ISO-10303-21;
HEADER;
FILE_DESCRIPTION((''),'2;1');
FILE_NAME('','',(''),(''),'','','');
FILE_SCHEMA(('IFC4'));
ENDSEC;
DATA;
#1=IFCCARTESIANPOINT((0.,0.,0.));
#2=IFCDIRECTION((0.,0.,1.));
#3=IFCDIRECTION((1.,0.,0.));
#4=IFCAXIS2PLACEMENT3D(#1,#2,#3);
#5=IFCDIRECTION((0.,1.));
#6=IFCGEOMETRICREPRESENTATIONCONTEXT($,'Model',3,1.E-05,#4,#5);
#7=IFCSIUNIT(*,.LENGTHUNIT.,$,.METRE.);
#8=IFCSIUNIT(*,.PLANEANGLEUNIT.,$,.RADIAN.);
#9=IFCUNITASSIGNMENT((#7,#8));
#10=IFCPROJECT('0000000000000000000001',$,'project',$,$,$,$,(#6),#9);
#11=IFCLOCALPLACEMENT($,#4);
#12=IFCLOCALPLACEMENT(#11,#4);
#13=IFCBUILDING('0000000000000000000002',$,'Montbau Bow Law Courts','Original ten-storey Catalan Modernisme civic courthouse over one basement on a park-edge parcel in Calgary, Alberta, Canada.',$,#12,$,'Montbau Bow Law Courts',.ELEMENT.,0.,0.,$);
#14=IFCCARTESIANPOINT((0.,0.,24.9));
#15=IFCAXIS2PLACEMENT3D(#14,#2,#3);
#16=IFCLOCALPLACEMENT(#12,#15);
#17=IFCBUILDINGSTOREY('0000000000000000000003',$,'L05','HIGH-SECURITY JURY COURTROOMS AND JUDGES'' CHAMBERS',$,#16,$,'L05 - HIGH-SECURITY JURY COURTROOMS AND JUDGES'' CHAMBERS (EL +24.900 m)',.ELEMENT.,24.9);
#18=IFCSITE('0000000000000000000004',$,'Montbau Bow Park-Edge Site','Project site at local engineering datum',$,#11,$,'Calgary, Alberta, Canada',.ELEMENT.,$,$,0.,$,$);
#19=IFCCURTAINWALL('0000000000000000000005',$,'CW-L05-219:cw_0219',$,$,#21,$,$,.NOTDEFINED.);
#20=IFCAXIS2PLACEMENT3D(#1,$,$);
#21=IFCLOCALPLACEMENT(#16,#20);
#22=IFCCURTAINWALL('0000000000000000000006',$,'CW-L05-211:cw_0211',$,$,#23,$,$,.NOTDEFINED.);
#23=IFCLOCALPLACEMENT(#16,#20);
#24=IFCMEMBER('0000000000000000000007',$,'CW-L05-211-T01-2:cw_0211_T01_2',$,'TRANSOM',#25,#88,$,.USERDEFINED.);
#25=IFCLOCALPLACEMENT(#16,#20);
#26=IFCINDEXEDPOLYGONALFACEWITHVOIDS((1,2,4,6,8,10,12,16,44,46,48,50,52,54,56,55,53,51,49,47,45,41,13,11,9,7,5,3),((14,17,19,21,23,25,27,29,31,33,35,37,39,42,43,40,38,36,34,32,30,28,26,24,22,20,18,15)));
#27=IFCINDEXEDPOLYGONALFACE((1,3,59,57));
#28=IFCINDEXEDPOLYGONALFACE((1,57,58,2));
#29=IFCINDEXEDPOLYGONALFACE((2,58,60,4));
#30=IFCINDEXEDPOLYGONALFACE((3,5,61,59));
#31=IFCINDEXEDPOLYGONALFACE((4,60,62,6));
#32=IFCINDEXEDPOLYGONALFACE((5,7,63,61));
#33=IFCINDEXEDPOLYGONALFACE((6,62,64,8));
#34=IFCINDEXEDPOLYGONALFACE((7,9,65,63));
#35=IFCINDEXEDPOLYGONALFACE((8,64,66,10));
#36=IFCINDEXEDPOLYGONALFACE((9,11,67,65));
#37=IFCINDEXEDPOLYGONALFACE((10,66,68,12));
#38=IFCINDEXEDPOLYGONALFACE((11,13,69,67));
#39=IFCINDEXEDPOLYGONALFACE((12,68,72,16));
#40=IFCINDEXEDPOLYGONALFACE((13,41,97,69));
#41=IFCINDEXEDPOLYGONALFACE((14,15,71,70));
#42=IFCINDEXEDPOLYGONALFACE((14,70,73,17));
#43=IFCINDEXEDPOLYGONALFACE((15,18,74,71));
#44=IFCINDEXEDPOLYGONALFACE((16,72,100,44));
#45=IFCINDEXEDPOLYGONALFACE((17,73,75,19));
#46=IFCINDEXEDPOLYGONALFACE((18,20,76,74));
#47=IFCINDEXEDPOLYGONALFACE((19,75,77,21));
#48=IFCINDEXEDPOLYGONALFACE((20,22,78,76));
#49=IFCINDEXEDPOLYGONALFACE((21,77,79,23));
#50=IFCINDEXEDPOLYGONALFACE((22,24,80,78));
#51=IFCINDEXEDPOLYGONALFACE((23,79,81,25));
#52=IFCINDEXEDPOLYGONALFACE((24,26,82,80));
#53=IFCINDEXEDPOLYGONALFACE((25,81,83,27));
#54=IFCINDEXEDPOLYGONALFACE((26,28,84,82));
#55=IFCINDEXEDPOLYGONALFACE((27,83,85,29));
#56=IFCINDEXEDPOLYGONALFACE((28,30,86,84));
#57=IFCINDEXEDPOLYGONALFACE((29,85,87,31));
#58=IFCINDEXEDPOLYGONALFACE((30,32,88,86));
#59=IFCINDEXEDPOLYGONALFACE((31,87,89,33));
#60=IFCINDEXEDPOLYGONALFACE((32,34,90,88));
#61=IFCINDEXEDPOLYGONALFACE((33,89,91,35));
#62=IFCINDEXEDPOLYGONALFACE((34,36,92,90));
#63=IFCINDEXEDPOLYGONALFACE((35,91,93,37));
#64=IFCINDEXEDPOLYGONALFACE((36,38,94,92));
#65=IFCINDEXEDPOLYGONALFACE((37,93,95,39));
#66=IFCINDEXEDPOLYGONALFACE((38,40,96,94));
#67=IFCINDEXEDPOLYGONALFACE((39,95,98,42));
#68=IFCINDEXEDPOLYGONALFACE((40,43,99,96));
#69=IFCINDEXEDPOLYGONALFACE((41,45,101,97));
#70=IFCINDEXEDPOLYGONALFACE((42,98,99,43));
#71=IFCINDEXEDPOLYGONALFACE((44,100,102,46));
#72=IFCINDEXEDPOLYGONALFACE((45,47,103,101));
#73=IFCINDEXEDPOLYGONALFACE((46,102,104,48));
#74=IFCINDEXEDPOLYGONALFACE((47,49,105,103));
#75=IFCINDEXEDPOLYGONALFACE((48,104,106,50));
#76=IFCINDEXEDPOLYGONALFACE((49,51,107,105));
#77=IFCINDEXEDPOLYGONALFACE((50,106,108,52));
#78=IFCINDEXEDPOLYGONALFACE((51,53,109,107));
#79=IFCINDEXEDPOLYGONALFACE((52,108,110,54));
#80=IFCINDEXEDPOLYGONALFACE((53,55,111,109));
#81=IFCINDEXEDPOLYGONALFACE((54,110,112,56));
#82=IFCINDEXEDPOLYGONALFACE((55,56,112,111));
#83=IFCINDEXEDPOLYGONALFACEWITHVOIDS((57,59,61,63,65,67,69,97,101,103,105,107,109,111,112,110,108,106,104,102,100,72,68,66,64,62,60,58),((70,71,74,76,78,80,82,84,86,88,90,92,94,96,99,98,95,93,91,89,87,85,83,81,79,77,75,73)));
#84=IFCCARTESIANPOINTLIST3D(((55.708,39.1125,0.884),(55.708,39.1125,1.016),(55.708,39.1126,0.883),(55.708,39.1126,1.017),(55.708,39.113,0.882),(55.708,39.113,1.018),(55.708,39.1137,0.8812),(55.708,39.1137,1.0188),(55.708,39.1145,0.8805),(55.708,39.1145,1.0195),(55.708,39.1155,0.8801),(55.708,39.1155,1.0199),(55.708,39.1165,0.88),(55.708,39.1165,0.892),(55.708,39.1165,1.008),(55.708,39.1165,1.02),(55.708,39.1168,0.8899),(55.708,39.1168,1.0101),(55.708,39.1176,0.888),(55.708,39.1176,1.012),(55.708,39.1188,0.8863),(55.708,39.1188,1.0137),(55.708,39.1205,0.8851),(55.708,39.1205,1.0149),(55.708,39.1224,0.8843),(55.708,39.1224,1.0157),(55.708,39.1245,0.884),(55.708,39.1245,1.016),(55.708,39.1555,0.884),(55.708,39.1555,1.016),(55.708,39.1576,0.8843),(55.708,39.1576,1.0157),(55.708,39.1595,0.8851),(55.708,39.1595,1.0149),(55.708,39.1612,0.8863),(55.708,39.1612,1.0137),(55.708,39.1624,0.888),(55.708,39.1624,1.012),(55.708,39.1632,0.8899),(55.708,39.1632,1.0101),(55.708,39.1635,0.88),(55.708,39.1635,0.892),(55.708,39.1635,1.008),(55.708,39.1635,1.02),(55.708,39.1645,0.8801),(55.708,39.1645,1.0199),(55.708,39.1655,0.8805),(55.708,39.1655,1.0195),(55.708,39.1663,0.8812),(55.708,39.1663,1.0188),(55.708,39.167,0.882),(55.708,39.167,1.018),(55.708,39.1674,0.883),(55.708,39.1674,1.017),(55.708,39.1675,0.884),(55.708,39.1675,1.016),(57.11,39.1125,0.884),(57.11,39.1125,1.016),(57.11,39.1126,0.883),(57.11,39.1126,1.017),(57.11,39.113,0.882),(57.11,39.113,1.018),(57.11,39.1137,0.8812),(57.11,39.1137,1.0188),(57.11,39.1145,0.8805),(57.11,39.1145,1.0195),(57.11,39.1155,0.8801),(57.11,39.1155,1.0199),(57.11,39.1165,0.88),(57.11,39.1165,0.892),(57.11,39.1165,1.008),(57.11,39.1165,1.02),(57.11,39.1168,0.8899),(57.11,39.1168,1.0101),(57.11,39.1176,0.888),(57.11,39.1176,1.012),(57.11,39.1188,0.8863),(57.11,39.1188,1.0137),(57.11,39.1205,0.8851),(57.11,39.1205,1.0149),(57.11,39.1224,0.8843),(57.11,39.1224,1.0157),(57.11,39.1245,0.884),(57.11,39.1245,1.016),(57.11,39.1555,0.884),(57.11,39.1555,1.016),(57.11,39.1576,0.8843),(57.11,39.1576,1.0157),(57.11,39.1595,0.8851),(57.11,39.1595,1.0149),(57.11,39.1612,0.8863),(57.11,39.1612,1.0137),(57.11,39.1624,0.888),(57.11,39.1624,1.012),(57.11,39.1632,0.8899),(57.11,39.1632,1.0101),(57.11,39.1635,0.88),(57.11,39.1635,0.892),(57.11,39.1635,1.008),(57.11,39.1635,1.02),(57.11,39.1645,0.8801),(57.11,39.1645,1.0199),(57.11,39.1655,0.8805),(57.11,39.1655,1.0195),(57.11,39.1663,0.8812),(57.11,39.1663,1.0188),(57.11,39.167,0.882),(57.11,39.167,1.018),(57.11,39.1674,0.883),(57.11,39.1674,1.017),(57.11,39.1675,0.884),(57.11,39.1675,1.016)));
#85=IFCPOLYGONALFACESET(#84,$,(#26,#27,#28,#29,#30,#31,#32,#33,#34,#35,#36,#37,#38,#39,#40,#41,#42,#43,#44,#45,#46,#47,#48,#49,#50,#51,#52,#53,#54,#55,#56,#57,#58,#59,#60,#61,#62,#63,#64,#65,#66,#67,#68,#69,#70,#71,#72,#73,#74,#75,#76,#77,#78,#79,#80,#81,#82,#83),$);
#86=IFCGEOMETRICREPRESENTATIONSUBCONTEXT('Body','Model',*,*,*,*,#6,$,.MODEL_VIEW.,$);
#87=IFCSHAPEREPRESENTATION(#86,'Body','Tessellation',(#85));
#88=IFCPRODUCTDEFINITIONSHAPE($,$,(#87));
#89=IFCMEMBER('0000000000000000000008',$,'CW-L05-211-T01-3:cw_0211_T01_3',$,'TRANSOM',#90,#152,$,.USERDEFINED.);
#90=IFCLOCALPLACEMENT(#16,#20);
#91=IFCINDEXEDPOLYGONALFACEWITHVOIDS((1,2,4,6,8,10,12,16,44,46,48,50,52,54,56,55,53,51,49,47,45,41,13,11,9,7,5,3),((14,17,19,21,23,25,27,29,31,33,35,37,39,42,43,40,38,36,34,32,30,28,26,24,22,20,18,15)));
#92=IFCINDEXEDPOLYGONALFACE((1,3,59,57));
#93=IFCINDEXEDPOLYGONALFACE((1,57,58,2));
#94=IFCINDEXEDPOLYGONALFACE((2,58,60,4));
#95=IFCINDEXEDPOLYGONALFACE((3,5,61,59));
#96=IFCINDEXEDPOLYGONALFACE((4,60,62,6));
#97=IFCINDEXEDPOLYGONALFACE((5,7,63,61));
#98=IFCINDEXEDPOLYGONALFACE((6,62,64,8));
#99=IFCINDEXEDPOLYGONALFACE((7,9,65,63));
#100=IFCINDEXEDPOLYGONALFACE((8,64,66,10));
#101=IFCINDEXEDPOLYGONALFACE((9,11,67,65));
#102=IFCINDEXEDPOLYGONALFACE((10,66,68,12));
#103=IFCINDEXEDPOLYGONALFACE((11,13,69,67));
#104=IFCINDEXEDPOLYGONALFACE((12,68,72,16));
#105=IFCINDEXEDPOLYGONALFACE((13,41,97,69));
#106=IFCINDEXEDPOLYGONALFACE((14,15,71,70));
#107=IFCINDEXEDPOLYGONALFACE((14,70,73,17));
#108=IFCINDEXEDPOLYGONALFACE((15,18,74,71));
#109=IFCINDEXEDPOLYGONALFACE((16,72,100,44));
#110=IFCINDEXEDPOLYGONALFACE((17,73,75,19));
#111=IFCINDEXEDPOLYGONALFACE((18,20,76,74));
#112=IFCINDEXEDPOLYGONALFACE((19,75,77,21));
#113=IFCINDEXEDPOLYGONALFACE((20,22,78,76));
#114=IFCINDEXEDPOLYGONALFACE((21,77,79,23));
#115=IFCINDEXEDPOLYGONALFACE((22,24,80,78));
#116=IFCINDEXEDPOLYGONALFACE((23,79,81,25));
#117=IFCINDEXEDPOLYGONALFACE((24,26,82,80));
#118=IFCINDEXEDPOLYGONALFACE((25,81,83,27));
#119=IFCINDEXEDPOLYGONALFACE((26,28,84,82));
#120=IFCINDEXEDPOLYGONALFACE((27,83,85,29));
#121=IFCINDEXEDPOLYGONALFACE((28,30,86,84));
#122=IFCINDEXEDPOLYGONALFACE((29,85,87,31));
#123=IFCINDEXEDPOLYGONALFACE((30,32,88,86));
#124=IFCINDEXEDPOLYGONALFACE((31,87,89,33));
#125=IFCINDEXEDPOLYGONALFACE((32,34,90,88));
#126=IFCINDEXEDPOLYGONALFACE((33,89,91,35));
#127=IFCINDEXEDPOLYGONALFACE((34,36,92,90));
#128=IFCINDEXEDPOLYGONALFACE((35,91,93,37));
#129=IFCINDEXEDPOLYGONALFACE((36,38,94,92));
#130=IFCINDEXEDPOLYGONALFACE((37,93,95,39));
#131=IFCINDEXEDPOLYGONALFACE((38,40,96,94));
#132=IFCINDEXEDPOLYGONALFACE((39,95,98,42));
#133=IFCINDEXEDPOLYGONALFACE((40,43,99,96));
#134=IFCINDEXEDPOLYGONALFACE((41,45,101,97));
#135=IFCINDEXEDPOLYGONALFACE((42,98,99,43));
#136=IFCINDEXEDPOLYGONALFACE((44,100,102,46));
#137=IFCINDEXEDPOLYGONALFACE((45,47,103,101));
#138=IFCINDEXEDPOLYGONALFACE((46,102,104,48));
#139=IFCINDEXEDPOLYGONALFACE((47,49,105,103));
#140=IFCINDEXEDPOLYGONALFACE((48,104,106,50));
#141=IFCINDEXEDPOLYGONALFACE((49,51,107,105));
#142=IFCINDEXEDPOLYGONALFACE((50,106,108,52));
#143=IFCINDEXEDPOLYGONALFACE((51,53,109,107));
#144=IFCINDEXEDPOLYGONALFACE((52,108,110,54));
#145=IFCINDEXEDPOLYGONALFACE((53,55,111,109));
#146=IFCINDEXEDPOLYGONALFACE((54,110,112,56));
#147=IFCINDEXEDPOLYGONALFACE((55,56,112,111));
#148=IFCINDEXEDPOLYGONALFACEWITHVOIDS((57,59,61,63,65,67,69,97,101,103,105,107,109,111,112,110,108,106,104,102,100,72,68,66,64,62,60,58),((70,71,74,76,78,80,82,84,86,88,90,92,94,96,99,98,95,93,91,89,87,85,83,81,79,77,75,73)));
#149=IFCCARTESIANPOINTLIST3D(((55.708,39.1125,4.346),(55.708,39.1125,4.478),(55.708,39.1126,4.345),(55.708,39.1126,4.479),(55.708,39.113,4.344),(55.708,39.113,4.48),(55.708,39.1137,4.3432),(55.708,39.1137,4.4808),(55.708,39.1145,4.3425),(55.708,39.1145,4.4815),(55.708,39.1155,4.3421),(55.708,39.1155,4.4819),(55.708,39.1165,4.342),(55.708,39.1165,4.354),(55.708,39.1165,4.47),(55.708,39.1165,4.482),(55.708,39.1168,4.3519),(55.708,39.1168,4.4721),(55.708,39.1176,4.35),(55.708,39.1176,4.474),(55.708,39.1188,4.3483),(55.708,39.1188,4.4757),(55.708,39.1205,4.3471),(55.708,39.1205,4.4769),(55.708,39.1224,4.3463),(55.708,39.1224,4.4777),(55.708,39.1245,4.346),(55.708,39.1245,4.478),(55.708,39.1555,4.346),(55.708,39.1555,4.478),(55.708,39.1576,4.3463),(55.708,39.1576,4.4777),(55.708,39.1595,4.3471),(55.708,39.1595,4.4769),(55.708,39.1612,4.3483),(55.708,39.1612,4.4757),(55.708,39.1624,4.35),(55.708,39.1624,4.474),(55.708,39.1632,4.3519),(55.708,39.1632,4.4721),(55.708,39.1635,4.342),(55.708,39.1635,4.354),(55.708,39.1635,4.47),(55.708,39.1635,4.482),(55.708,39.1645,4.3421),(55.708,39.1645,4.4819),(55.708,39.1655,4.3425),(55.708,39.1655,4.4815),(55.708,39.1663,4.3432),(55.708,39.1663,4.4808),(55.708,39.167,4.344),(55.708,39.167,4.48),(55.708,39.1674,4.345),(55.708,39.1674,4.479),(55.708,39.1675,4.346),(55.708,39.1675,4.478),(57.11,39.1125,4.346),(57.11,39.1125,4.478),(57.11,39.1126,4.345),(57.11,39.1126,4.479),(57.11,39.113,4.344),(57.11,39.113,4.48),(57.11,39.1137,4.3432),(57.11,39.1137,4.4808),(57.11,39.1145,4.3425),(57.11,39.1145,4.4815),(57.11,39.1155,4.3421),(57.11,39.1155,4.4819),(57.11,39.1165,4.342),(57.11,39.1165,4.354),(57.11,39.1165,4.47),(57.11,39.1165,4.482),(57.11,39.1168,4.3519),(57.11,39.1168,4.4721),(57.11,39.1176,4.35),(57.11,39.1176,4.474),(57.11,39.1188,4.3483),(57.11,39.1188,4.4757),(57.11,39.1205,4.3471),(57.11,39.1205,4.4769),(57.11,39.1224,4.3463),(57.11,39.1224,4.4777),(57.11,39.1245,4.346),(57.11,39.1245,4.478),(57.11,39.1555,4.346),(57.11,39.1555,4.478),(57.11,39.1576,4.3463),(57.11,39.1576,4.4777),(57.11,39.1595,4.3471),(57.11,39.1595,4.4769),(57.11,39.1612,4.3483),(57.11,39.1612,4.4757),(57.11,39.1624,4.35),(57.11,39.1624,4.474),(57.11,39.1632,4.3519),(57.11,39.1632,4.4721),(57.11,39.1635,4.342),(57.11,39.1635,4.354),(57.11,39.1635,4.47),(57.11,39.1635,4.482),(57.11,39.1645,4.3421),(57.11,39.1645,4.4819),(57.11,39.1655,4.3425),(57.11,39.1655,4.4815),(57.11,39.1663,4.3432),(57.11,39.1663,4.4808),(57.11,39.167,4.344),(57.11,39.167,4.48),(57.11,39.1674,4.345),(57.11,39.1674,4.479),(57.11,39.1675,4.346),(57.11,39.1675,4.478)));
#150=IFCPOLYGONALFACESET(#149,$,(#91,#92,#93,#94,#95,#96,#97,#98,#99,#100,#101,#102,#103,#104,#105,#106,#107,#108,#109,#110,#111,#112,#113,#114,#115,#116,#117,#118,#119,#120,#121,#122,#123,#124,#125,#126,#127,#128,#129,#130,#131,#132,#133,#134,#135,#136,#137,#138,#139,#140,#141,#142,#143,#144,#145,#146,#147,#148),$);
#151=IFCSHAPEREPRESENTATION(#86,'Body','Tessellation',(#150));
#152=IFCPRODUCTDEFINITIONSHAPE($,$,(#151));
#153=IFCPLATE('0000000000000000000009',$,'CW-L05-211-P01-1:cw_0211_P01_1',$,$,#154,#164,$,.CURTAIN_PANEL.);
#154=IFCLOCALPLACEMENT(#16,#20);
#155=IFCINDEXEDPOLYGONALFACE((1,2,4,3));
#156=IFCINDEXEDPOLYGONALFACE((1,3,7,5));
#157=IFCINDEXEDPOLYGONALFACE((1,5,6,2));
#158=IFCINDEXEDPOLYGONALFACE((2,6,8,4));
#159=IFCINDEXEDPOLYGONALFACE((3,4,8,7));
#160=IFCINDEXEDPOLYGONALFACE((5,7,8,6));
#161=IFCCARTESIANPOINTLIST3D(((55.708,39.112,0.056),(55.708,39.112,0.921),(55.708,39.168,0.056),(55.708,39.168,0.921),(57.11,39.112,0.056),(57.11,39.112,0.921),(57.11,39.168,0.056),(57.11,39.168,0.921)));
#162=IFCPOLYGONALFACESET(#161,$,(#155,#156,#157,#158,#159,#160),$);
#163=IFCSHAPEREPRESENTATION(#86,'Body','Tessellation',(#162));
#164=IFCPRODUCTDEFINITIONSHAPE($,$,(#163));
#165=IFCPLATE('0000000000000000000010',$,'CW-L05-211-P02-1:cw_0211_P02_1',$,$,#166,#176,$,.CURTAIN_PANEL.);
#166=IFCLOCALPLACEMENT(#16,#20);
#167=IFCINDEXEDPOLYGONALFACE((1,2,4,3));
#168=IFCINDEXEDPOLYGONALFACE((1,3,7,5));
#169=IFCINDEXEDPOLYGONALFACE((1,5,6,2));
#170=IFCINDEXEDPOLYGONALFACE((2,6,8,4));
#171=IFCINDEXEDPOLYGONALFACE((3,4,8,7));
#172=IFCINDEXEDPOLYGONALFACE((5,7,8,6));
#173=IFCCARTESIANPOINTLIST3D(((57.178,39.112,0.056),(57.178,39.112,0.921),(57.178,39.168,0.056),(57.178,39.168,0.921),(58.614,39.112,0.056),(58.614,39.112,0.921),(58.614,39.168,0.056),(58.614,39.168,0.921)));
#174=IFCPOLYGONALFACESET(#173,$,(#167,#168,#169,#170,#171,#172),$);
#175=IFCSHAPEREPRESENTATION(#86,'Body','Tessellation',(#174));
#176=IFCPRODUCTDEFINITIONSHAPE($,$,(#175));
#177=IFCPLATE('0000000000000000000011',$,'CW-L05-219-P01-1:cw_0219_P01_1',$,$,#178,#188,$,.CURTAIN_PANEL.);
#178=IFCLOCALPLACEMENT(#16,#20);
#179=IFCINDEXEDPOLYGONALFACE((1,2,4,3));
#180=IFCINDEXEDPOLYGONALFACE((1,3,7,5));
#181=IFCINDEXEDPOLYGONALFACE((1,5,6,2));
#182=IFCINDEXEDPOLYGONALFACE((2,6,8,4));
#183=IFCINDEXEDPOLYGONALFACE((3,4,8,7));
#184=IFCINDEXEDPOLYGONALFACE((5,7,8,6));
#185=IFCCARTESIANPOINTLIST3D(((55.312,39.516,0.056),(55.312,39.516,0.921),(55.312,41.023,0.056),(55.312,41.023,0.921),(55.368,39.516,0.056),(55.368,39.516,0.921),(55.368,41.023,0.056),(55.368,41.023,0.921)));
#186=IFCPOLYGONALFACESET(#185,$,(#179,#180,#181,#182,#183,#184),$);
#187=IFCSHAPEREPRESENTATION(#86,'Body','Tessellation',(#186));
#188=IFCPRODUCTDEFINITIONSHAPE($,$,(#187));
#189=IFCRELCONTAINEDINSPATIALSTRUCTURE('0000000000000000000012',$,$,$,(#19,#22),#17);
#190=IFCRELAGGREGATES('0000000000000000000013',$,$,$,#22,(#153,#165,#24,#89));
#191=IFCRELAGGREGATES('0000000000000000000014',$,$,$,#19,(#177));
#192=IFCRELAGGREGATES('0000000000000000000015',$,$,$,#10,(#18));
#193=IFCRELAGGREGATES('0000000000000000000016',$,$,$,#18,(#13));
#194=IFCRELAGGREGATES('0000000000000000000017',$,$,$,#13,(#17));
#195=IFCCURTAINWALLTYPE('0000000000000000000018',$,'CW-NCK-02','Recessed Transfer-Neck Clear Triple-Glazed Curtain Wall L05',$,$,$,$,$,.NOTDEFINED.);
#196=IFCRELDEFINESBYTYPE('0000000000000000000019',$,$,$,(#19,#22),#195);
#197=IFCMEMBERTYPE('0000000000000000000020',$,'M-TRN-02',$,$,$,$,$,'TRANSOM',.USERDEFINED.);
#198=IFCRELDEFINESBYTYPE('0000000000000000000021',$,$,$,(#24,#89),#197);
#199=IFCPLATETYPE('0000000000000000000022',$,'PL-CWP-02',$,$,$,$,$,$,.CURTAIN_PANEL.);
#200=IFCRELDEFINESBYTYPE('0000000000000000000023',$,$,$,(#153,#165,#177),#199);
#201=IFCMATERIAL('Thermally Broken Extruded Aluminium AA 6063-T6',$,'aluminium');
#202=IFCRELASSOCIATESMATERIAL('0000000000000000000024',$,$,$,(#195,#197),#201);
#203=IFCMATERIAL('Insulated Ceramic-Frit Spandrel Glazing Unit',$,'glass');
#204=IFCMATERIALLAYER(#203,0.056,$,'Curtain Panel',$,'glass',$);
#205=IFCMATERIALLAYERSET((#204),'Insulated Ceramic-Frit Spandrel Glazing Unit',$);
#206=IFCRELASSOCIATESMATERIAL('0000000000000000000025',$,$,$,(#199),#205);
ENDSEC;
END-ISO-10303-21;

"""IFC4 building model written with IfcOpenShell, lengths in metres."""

from ifc_helpers import new_model, si_unit, direction, frame, frame_2d, origin_with_axes, origin_2d_with_axis, place, context, subcontext, project, spatial, rectangle, hollow_rectangle, extrude, material, layer, layer_set, material_profile, profile_set, type_object, element, aggregate, save


model = new_model("IFC4")

# Units and contexts
model_context = context("Model", 3, precision=1e-05, world=origin_with_axes(), true_north=direction((0.0, 1.0)))
body_context = subcontext(model_context, "Body", "Model", "MODEL_VIEW")
ifc_project = project(units=[si_unit("LENGTHUNIT", "METRE"), si_unit("PLANEANGLEUNIT", "RADIAN")], contexts=[model_context])

# Site, building, storey
site_placement = place(None, origin_with_axes())
site = spatial("IfcSite", under=ifc_project, at=site_placement, Name="Montbau Bow Park-Edge Site", Description="Project site at local engineering datum", LongName="Calgary, Alberta, Canada", CompositionType="ELEMENT", RefElevation=0.0)
building_placement = place(site_placement, origin_with_axes())
building = spatial("IfcBuilding", under=site, at=building_placement, Name="Montbau Bow Law Courts", Description="Original ten-storey Catalan Modernisme civic courthouse over one basement on a park-edge parcel in Calgary, Alberta, Canada.", LongName="Montbau Bow Law Courts", CompositionType="ELEMENT", ElevationOfRefHeight=0.0, ElevationOfTerrain=0.0)
storey_placement = place(building_placement, frame((0.0, 0.0, 24.9), z_axis=(0.0, 0.0, 1.0), x_axis=(1.0, 0.0, 0.0)))
storey = spatial("IfcBuildingStorey", under=building, at=storey_placement, Name="L05", Description="HIGH-SECURITY JURY COURTROOMS AND JUDGES' CHAMBERS", LongName="L05 - HIGH-SECURITY JURY COURTROOMS AND JUDGES' CHAMBERS (EL +24.900 m)", CompositionType="ELEMENT", Elevation=24.9)

# Curtain wall
ifc_material_1 = material(Name="Thermally Broken Extruded Aluminium AA 6063-T6", Category="aluminium")
curtain_wall_type = type_object("IfcCurtainWallType", Name="CW-NCK-02", Description="Recessed Transfer-Neck Clear Triple-Glazed Curtain Wall L05", PredefinedType="NOTDEFINED", material=ifc_material_1)
curtain_wall_1_placement = place(None, frame((55.34, 39.44, 24.9), z_axis=(0.0, 0.0, 1.0), x_axis=(1.0, 0.0, 0.0)))
curtain_wall_1 = element("IfcCurtainWall", 1, at=curtain_wall_1_placement, inside=storey, type_object=curtain_wall_type, Name="CW-L05-219:cw_0219", PredefinedType="NOTDEFINED")

# Curtain wall, members, plates
curtain_wall_2_placement = place(None, frame((55.64, 39.14, 24.9), z_axis=(0.0, 0.0, 1.0), x_axis=(1.0, 0.0, 0.0)))
curtain_wall_2 = element("IfcCurtainWall", 2, at=curtain_wall_2_placement, inside=storey, type_object=curtain_wall_type, Name="CW-L05-211:cw_0211", PredefinedType="NOTDEFINED")
ifc_material_profile_1 = material_profile(ifc_material_1, hollow_rectangle(XDim=0.055, YDim=0.14, WallThickness=0.004, InnerFilletRadius=0.008, OuterFilletRadius=0.004, at=origin_2d_with_axis()), Name="CWT-140X55", Category="Main", Priority=0)
ifc_profile_set_1 = profile_set([ifc_material_profile_1], Name="Thermally Broken Extruded Aluminium AA 6063-T6")
member_type_1 = type_object("IfcMemberType", Name="M-TRN-02", ElementType="TRANSOM", PredefinedType="USERDEFINED", material=ifc_profile_set_1)
member_1_placement = place(None, frame((55.708, 39.14, 25.85), z_axis=(1.0, 0.0, 0.0), x_axis=(0.0, 1.0, 0.0)))
member_1 = element("IfcMember", 3, at=member_1_placement, type_object=member_type_1, Name="CW-L05-211-T01-2:cw_0211_T01_2", ObjectType="TRANSOM", PredefinedType="USERDEFINED", context=body_context, shape_type="SweptSolid", body=[
    extrude(hollow_rectangle(XDim=0.055, YDim=0.14, WallThickness=0.004, InnerFilletRadius=0.008, OuterFilletRadius=0.004, at=origin_2d_with_axis()), origin_with_axes(), (0.0, 0.0, 1.0), 1.402),
])
member_2_placement = place(None, frame((55.708, 39.14, 29.312), z_axis=(1.0, 0.0, 0.0), x_axis=(0.0, 1.0, 0.0)))
member_2 = element("IfcMember", 4, at=member_2_placement, type_object=member_type_1, Name="CW-L05-211-T01-3:cw_0211_T01_3", ObjectType="TRANSOM", PredefinedType="USERDEFINED", context=body_context, shape_type="SweptSolid", body=[
    extrude(hollow_rectangle(XDim=0.055, YDim=0.14, WallThickness=0.004, InnerFilletRadius=0.008, OuterFilletRadius=0.004, at=origin_2d_with_axis()), origin_with_axes(), (0.0, 0.0, 1.0), 1.402),
])
ifc_material_2 = material(Name="Insulated Ceramic-Frit Spandrel Glazing Unit", Category="glass")
ifc_layer_1 = layer(ifc_material_2, 0.056, Name="Curtain Panel", Category="glass")
ifc_layer_set_1 = layer_set([ifc_layer_1], Name="Insulated Ceramic-Frit Spandrel Glazing Unit")
plate_type_1 = type_object("IfcPlateType", Name="PL-CWP-02", PredefinedType="CURTAIN_PANEL", material=ifc_layer_set_1)
plate_1_placement = place(None, frame((55.708, 39.14, 24.956), z_axis=(0.0, -1.0, 0.0), x_axis=(1.0, 0.0, 0.0)))
plate_1 = element("IfcPlate", 5, at=plate_1_placement, type_object=plate_type_1, Name="CW-L05-211-P01-1:cw_0211_P01_1", PredefinedType="CURTAIN_PANEL", context=body_context, shape_type="SweptSolid", body=[
    extrude(rectangle(XDim=1.402, YDim=0.865, at=frame_2d((0.701, 0.4325), x_axis=(1.0, 0.0))), frame((0.0, 0.0, -0.028), z_axis=(0.0, 0.0, 1.0), x_axis=(1.0, 0.0, 0.0)), (0.0, 0.0, 1.0), 0.056),
])
plate_2_placement = place(None, frame((57.178, 39.14, 24.956), z_axis=(0.0, -1.0, 0.0), x_axis=(1.0, 0.0, 0.0)))
plate_2 = element("IfcPlate", 6, at=plate_2_placement, type_object=plate_type_1, Name="CW-L05-211-P02-1:cw_0211_P02_1", PredefinedType="CURTAIN_PANEL", context=body_context, shape_type="SweptSolid", body=[
    extrude(rectangle(XDim=1.436, YDim=0.865, at=frame_2d((0.718, 0.4325), x_axis=(1.0, 0.0))), frame((0.0, 0.0, -0.028), z_axis=(0.0, 0.0, 1.0), x_axis=(1.0, 0.0, 0.0)), (0.0, 0.0, 1.0), 0.056),
])

# Plate
plate_3_placement = place(None, frame((55.34, 39.516, 24.956), z_axis=(1.0, 0.0, 0.0), x_axis=(0.0, 1.0, 0.0)))
plate_3 = element("IfcPlate", 7, at=plate_3_placement, type_object=plate_type_1, Name="CW-L05-219-P01-1:cw_0219_P01_1", PredefinedType="CURTAIN_PANEL", context=body_context, shape_type="SweptSolid", body=[
    extrude(rectangle(XDim=1.507, YDim=0.865, at=frame_2d((0.7535, 0.4325), x_axis=(1.0, 0.0))), frame((0.0, 0.0, -0.028), z_axis=(0.0, 0.0, 1.0), x_axis=(1.0, 0.0, 0.0)), (0.0, 0.0, 1.0), 0.056),
])
aggregate(curtain_wall_2, [plate_1, plate_2, member_1, member_2])
aggregate(curtain_wall_1, [plate_3])

save(model, "model.ifc")
